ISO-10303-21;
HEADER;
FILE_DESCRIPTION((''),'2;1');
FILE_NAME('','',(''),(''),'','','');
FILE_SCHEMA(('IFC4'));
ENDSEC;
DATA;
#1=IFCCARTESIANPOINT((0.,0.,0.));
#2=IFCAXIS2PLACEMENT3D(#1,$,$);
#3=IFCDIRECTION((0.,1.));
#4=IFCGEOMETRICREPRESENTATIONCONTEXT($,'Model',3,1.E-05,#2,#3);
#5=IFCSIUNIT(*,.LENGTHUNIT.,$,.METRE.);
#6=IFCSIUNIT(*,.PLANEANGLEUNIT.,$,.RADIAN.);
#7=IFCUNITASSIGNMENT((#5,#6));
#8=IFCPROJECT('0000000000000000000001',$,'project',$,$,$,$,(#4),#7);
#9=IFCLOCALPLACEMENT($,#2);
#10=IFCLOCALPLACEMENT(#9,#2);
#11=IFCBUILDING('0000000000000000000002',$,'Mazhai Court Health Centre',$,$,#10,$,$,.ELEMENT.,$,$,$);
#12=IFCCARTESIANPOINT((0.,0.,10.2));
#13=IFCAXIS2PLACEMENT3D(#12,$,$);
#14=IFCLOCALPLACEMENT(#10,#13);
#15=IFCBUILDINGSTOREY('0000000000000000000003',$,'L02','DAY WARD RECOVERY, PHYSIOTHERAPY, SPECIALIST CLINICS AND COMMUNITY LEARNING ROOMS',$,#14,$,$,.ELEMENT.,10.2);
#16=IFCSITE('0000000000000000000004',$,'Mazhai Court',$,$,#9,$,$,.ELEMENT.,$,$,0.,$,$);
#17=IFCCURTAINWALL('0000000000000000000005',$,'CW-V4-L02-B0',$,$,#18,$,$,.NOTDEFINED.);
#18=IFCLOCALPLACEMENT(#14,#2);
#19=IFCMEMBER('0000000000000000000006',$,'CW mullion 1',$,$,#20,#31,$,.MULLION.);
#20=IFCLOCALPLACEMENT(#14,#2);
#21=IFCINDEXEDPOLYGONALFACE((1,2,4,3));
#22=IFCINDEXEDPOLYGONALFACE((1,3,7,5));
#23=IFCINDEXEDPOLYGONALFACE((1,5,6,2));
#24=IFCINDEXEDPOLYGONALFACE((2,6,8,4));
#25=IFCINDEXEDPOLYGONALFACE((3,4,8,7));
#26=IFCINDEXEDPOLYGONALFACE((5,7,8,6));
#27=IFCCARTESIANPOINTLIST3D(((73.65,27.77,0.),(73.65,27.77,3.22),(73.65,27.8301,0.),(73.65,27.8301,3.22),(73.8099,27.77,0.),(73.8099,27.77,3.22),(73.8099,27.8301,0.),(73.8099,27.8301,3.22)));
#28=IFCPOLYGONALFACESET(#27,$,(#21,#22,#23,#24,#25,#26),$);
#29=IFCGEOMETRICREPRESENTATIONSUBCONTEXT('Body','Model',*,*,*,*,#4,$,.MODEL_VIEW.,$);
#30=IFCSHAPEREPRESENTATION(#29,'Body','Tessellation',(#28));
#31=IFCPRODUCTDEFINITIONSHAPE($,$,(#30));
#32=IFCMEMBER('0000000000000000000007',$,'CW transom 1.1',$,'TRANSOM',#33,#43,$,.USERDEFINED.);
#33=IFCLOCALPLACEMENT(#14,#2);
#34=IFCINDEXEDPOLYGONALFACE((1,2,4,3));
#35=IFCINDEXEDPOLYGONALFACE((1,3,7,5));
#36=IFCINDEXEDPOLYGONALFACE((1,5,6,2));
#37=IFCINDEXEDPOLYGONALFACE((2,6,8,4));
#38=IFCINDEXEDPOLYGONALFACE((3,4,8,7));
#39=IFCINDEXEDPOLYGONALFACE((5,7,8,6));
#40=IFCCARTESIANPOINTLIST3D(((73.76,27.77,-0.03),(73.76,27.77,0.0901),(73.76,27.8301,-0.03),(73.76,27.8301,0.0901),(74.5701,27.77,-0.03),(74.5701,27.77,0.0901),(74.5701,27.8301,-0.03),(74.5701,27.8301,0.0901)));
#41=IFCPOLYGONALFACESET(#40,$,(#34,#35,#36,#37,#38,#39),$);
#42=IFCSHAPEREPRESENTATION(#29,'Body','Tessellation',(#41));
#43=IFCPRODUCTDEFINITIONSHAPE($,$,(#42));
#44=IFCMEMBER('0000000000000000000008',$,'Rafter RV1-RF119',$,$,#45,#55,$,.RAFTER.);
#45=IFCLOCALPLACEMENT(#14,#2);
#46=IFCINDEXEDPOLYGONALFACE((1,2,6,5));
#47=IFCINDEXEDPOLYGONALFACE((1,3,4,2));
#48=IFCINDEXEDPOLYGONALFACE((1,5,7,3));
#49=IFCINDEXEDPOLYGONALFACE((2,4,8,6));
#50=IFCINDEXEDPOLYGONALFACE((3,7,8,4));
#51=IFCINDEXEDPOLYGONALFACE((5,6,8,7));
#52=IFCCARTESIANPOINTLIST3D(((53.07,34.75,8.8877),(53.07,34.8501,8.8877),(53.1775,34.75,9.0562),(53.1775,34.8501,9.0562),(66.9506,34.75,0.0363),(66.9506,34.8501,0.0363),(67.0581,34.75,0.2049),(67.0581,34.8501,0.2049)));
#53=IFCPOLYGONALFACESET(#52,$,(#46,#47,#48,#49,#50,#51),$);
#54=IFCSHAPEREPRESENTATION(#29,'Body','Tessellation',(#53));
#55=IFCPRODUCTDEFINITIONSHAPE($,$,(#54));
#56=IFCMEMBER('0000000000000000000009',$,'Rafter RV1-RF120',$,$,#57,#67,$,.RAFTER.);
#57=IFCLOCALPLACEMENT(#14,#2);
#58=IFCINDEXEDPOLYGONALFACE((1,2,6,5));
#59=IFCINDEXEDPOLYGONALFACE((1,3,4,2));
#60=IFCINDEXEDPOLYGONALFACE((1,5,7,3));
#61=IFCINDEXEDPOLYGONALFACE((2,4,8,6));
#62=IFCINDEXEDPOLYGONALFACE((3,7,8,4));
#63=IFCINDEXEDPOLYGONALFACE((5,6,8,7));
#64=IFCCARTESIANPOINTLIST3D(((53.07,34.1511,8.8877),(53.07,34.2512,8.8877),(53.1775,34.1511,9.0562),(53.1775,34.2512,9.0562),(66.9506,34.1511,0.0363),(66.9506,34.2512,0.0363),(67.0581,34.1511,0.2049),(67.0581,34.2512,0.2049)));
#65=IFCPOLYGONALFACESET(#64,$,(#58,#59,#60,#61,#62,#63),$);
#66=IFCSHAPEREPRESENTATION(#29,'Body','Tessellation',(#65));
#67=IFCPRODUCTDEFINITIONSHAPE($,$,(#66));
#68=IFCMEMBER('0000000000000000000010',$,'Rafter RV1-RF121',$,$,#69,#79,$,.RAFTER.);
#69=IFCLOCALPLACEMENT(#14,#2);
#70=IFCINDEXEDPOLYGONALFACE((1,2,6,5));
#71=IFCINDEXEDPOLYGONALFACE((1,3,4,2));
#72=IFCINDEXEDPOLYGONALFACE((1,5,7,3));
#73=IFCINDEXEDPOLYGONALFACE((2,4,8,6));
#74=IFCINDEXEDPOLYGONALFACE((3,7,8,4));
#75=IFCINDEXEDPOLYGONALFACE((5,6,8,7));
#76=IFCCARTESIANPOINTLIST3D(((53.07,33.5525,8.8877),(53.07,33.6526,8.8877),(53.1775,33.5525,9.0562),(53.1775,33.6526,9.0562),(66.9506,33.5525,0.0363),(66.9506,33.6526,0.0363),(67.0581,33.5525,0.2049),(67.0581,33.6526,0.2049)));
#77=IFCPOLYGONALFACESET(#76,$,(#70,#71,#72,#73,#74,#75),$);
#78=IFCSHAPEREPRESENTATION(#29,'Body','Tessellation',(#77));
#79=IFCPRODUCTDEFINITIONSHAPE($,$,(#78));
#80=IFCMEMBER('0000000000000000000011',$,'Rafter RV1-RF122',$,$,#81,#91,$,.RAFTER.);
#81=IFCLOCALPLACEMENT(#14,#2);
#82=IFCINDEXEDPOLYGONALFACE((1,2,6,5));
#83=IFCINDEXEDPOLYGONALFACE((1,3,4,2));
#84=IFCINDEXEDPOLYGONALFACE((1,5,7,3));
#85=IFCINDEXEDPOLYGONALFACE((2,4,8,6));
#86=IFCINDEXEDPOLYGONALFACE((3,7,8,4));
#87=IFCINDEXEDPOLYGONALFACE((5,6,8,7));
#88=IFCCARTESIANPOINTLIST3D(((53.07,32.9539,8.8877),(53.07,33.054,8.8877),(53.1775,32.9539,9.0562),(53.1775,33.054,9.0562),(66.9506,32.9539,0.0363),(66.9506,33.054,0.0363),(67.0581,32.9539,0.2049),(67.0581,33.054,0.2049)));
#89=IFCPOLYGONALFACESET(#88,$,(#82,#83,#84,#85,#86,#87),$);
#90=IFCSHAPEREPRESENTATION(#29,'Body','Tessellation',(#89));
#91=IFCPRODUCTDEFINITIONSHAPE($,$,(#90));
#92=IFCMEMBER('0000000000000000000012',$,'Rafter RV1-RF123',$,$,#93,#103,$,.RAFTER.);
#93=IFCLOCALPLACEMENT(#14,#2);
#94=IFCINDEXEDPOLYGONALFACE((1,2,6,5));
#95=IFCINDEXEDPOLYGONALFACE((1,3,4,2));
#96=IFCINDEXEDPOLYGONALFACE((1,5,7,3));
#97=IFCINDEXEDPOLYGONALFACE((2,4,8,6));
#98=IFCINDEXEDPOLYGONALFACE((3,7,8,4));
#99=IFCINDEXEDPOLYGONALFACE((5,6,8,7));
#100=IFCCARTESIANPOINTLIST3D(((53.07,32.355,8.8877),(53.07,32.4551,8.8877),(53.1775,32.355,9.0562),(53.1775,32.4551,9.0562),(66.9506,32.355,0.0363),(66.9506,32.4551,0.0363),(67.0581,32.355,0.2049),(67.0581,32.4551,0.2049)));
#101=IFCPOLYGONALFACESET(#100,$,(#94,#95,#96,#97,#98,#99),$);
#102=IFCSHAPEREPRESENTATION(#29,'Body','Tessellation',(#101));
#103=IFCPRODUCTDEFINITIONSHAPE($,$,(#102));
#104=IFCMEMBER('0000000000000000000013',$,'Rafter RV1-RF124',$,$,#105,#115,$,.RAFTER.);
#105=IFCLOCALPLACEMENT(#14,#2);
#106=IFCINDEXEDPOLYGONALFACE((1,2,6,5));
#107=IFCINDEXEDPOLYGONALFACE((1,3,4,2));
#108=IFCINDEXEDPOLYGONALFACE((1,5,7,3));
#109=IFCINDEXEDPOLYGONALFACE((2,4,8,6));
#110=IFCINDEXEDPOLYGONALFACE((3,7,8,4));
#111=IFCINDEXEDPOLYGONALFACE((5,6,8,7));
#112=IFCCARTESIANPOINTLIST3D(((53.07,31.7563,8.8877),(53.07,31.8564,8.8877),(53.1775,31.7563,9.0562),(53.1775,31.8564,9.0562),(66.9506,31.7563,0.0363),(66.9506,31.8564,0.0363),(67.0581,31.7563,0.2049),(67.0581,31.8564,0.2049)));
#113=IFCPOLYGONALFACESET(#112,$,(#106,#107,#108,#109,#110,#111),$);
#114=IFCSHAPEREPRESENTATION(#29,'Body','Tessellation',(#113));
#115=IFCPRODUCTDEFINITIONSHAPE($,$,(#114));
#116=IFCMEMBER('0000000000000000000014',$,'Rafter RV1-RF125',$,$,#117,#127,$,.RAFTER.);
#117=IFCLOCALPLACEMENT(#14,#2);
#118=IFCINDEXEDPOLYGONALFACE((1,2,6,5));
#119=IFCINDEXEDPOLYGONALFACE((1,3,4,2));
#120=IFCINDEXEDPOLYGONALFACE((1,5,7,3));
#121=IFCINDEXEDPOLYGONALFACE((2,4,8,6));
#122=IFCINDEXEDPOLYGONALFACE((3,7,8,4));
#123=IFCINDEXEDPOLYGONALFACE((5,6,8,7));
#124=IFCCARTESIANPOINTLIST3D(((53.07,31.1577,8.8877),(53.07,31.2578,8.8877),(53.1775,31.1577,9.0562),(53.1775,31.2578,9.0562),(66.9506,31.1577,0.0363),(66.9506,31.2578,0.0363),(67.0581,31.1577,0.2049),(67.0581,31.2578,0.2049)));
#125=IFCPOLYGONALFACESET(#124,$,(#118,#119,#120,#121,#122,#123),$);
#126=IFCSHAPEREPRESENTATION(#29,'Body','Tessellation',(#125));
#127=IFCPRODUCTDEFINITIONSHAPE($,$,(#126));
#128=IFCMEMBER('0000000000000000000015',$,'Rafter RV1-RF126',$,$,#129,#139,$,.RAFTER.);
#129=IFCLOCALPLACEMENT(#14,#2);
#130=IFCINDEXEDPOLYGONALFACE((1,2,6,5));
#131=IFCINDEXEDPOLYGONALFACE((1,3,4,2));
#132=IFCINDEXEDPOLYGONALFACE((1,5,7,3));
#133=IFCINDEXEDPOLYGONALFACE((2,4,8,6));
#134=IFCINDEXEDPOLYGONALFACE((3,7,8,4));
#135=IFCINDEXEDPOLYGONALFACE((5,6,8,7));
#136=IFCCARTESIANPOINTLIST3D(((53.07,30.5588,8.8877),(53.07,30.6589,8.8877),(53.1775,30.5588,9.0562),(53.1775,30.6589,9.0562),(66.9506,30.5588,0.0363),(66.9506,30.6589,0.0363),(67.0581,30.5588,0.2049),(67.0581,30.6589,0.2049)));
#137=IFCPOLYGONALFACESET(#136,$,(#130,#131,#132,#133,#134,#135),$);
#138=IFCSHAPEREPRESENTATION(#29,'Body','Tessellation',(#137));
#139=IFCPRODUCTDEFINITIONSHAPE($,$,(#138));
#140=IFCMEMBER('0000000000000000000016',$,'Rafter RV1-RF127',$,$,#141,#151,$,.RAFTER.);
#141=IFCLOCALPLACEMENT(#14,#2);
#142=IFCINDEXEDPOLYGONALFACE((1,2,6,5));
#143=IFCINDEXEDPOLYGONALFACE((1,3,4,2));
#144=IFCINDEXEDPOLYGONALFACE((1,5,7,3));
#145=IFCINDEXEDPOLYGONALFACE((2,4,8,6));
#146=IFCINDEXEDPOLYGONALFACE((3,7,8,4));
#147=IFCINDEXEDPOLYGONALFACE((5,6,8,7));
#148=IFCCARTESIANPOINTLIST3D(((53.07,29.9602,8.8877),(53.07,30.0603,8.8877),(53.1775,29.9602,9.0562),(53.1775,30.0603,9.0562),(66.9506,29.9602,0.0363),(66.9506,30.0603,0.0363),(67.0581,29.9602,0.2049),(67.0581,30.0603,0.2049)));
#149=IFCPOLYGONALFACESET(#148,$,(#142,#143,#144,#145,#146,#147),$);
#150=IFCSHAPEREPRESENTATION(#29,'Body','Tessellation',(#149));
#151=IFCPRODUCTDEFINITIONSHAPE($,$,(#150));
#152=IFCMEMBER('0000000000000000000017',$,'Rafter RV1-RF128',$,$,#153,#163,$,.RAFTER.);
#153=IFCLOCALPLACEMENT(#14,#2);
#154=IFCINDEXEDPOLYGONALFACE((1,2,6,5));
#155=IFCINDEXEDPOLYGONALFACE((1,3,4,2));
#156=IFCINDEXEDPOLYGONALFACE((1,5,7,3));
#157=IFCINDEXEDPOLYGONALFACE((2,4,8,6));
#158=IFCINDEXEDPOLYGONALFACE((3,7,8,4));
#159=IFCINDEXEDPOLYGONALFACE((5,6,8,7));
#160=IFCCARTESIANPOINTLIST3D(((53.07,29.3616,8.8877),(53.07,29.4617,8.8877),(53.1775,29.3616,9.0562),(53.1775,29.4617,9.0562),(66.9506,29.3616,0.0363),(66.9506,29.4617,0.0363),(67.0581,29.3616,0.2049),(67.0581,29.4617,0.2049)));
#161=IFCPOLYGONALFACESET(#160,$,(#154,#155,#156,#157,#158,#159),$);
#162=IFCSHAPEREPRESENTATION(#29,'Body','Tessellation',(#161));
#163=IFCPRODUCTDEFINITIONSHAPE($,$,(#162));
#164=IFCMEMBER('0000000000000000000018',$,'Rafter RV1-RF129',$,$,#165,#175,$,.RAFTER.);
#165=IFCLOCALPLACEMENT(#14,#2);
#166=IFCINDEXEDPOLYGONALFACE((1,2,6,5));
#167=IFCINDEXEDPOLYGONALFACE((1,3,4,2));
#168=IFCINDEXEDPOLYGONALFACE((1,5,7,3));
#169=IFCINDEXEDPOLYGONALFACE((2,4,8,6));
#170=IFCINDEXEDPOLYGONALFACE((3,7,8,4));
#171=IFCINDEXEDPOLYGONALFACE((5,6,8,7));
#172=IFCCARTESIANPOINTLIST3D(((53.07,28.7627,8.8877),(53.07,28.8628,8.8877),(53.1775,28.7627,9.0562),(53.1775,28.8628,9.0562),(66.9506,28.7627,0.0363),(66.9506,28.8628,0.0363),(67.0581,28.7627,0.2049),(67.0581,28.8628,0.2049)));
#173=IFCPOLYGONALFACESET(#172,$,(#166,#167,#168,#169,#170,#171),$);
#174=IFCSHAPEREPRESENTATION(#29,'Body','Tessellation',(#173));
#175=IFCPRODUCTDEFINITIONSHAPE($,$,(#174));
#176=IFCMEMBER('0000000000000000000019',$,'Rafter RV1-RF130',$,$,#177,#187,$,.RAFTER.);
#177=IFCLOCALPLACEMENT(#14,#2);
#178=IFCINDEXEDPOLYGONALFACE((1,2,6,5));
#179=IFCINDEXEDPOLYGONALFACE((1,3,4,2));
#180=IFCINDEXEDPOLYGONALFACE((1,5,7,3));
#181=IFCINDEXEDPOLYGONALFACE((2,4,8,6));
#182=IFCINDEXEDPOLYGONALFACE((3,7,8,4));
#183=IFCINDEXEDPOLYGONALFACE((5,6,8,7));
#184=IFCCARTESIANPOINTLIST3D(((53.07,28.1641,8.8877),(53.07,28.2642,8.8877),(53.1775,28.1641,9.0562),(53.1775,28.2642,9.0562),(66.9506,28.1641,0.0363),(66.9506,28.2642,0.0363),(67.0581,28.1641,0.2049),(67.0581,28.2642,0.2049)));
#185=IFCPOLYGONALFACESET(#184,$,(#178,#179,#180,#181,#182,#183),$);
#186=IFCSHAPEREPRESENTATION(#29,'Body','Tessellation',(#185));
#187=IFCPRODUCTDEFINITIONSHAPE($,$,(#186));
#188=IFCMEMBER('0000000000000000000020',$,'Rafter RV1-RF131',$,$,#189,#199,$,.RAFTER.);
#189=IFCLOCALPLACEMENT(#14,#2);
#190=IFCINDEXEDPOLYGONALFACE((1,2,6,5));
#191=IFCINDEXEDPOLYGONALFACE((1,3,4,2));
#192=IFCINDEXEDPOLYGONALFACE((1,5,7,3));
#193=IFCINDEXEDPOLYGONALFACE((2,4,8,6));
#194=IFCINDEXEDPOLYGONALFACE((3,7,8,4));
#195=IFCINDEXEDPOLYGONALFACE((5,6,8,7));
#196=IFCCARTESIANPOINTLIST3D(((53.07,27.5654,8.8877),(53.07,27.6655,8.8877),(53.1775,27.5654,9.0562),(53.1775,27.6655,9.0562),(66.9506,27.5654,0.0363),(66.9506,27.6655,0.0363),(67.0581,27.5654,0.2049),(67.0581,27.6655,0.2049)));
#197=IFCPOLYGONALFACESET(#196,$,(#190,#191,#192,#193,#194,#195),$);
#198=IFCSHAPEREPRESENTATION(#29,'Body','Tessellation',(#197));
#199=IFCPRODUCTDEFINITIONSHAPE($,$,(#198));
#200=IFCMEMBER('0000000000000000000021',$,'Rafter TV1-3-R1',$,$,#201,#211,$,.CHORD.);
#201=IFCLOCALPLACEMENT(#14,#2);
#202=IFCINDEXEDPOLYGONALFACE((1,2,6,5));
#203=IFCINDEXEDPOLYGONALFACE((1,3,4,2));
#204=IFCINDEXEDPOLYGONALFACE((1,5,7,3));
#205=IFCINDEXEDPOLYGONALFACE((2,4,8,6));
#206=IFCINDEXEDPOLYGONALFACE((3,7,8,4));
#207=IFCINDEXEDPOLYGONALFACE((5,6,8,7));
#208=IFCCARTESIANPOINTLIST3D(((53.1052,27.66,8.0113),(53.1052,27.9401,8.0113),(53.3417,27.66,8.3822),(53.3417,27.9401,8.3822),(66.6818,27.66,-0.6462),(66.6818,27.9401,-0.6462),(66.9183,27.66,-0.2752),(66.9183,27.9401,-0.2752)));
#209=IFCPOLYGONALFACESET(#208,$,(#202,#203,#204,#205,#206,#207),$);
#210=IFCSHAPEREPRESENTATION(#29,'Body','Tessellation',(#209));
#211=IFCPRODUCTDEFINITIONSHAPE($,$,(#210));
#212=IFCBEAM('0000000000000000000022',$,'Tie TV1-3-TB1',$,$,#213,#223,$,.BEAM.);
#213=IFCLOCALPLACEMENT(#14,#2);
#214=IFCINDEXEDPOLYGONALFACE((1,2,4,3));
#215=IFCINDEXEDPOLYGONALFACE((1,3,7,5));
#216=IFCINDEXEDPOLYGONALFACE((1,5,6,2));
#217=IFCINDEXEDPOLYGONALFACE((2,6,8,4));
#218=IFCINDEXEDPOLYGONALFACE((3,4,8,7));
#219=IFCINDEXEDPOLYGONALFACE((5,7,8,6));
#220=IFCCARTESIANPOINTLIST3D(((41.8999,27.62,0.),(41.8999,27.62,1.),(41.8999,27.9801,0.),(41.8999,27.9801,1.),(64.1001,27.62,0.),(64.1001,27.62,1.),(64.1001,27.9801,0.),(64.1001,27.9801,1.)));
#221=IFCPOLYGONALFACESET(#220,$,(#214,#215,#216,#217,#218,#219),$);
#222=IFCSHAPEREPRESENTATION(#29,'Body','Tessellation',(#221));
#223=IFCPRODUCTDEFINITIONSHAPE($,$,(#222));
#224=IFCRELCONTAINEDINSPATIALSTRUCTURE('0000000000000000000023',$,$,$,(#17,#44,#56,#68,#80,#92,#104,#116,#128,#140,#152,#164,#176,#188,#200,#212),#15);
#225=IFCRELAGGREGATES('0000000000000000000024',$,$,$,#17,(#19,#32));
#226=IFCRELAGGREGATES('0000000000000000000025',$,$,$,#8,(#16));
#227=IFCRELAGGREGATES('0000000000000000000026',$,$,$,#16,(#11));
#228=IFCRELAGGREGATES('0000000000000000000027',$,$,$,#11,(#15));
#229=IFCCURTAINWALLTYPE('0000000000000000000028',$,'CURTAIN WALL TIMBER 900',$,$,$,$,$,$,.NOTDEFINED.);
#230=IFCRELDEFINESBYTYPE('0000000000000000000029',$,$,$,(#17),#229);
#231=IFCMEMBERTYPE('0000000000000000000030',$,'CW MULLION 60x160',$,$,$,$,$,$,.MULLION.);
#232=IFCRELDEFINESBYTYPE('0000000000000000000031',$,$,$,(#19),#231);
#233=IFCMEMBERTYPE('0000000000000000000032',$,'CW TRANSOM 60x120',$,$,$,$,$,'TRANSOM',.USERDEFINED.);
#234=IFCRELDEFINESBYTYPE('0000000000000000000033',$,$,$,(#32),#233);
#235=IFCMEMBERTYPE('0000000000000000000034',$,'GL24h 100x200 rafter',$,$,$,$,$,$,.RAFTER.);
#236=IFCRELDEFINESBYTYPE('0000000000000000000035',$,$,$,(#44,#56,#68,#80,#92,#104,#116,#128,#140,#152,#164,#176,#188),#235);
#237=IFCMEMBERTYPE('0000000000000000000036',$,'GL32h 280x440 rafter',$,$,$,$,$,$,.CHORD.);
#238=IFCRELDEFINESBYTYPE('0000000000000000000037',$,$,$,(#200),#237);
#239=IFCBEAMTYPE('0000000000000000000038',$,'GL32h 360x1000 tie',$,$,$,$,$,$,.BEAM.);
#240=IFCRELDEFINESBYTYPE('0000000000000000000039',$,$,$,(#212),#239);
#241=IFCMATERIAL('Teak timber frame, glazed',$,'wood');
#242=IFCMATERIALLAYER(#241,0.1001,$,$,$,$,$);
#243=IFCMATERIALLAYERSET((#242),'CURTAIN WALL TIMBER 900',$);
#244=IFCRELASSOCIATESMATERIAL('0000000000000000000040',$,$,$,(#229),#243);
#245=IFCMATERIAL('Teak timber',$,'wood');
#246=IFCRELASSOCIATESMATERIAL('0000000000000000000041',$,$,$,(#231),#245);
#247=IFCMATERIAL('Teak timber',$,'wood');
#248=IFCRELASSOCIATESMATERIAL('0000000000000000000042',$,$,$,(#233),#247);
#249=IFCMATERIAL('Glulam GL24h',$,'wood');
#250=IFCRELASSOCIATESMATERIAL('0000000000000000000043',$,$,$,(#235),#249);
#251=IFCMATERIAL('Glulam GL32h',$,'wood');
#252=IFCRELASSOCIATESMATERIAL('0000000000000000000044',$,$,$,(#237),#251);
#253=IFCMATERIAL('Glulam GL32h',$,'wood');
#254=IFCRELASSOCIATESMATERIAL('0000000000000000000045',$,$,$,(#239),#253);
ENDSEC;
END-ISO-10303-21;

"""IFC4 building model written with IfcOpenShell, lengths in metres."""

from ifc_helpers import new_model, si_unit, direction, frame, origin, origin_2d, place, context, subcontext, project, spatial, rectangle, extrude, material, layer, layer_set, material_profile, profile_set, type_object, element, aggregate, save


model = new_model("IFC4")

# Units and contexts
model_context = context("Model", 3, precision=1e-05, world=origin(), true_north=direction((0.0, 1.0)))
body_context = subcontext(model_context, "Body", "Model", "MODEL_VIEW")
ifc_project = project(units=[si_unit("LENGTHUNIT", "METRE"), si_unit("PLANEANGLEUNIT", "RADIAN")], contexts=[model_context])

# Site, building, storey
site_placement = place(None, origin())
site = spatial("IfcSite", under=ifc_project, at=site_placement, Name="Mazhai Court", CompositionType="ELEMENT", RefElevation=0.0)
building_placement = place(site_placement, origin())
building = spatial("IfcBuilding", under=site, at=building_placement, Name="Mazhai Court Health Centre", CompositionType="ELEMENT")
storey_placement = place(building_placement, frame((0.0, 0.0, 10.2)))
storey = spatial("IfcBuildingStorey", under=building, at=storey_placement, Name="L02", Description="DAY WARD RECOVERY, PHYSIOTHERAPY, SPECIALIST CLINICS AND COMMUNITY LEARNING ROOMS", CompositionType="ELEMENT", Elevation=10.2)

# Curtain wall, members
ifc_material_1 = material(Name="Teak timber frame, glazed", Category="wood")
ifc_layer_1 = layer(ifc_material_1, 0.1001)
ifc_layer_set_1 = layer_set([ifc_layer_1], Name="CURTAIN WALL TIMBER 900")
curtain_wall_type = type_object("IfcCurtainWallType", Name="CURTAIN WALL TIMBER 900", PredefinedType="NOTDEFINED", material=ifc_layer_set_1)
curtain_wall_placement = place(storey_placement, origin())
curtain_wall = element("IfcCurtainWall", 1, at=curtain_wall_placement, inside=storey, type_object=curtain_wall_type, Name="CW-V4-L02-B0", PredefinedType="NOTDEFINED")
ifc_material_2 = material(Name="Teak timber", Category="wood")
ifc_material_profile_1 = material_profile(ifc_material_2, rectangle(XDim=0.0601, YDim=0.1599, at=origin_2d()), Name="CW MULLION 60x160")
ifc_profile_set_1 = profile_set([ifc_material_profile_1], Name="Teak timber")
member_type_1 = type_object("IfcMemberType", Name="CW MULLION 60x160", PredefinedType="MULLION", material=ifc_profile_set_1)
member_1_placement = place(storey_placement, frame((73.73, 27.8, 0.0), z_axis=(0.0, 0.0, 1.0), x_axis=(0.0, 1.0, 0.0)))
member_1 = element("IfcMember", 2, at=member_1_placement, type_object=member_type_1, Name="CW mullion 1", PredefinedType="MULLION", context=body_context, shape_type="SweptSolid", body=[
    extrude(rectangle(XDim=0.0601, YDim=0.1599, at=origin_2d()), origin(), (0.0, 0.0, 1.0), 3.22),
])
ifc_material_3 = material(Name="Teak timber", Category="wood")
ifc_material_profile_2 = material_profile(ifc_material_3, rectangle(XDim=0.0601, YDim=0.1201, at=origin_2d()), Name="CW TRANSOM 60x120")
ifc_profile_set_2 = profile_set([ifc_material_profile_2], Name="Teak timber")
member_type_2 = type_object("IfcMemberType", Name="CW TRANSOM 60x120", ElementType="TRANSOM", PredefinedType="USERDEFINED", material=ifc_profile_set_2)
member_2_placement = place(storey_placement, frame((73.76, 27.8, 0.03), z_axis=(1.0, 0.0, 0.0), x_axis=(0.0, 1.0, 0.0)))
member_2 = element("IfcMember", 3, at=member_2_placement, type_object=member_type_2, Name="CW transom 1.1", ObjectType="TRANSOM", PredefinedType="USERDEFINED", context=body_context, shape_type="SweptSolid", body=[
    extrude(rectangle(XDim=0.0601, YDim=0.1201, at=origin_2d()), origin(), (0.0, 0.0, 1.0), 0.8101),
])
aggregate(curtain_wall, [member_1, member_2])

# Members
ifc_material_4 = material(Name="Glulam GL24h", Category="wood")
ifc_material_profile_3 = material_profile(ifc_material_4, rectangle(XDim=0.1001, YDim=0.2, at=origin_2d()), Name="GL24h 100x200")
ifc_profile_set_3 = profile_set([ifc_material_profile_3], Name="Glulam GL24h")
member_type_3 = type_object("IfcMemberType", Name="GL24h 100x200 rafter", PredefinedType="RAFTER", material=ifc_profile_set_3)
for number, where, z_axis, x_axis, name in (
    (4, (67.0044, 34.8, 0.1206), (-0.84316, 0.0, 0.537662), (0.0, -1.0, 0.0), "Rafter RV1-RF119"),
    (5, (67.0044, 34.2012, 0.1206), (-0.84316, 0.0, 0.537662), (0.0, -1.0, 0.0), "Rafter RV1-RF120"),
    (6, (67.0044, 33.6025, 0.1206), (-0.84316, 0.0, 0.537662), (0.0, -1.0, 0.0), "Rafter RV1-RF121"),
    (7, (67.0044, 33.0039, 0.1206), (-0.84316, 0.0, 0.537662), (0.0, -1.0, 0.0), "Rafter RV1-RF122"),
    (8, (67.0044, 32.405, 0.1206), (-0.84316, 0.0, 0.537662), (0.0, -1.0, 0.0), "Rafter RV1-RF123"),
    (9, (67.0044, 31.8064, 0.1206), (-0.84316, 0.0, 0.537662), (0.0, -1.0, 0.0), "Rafter RV1-RF124"),
    (10, (67.0044, 31.2078, 0.1206), (-0.84316, 0.0, 0.537662), (0.0, -1.0, 0.0), "Rafter RV1-RF125"),
    (11, (67.0044, 30.6089, 0.1206), (-0.84316, 0.0, 0.537662), (0.0, -1.0, 0.0), "Rafter RV1-RF126"),
    (12, (67.0044, 30.0103, 0.1206), (-0.84316, 0.0, 0.537662), (0.0, -1.0, 0.0), "Rafter RV1-RF127"),
    (13, (67.0044, 29.4116, 0.1206), (-0.84316, 0.0, 0.537662), (0.0, -1.0, 0.0), "Rafter RV1-RF128"),
    (14, (67.0044, 28.8127, 0.1206), (-0.84316, 0.0, 0.537662), (0.0, -1.0, 0.0), "Rafter RV1-RF129"),
    (15, (67.0044, 28.2141, 0.1206), (-0.84316, 0.0, 0.537662), (0.0, -1.0, 0.0), "Rafter RV1-RF130"),
    (16, (67.0044, 27.6155, 0.1206), (-0.84316, 0.0, 0.537662), (0.0, -1.0, 0.0), "Rafter RV1-RF131"),
):
    element("IfcMember", number, at=place(storey_placement, frame(where, z_axis=z_axis, x_axis=x_axis)), inside=storey, type_object=member_type_3, Name=name, PredefinedType="RAFTER", context=body_context, shape_type="SweptSolid", body=[
        extrude(rectangle(XDim=0.1001, YDim=0.2, at=origin_2d()), origin(), (0.0, 0.0, 1.0), 16.4626),
    ])
ifc_material_5 = material(Name="Glulam GL32h", Category="wood")
ifc_material_profile_4 = material_profile(ifc_material_5, rectangle(XDim=0.28, YDim=0.4399, at=origin_2d()), Name="GL32h 280x440")
ifc_profile_set_4 = profile_set([ifc_material_profile_4], Name="Glulam GL32h")
member_type_4 = type_object("IfcMemberType", Name="GL32h 280x440 rafter", PredefinedType="CHORD", material=ifc_profile_set_4)
member_3_placement = place(storey_placement, frame((66.8, 27.8, -0.4607), z_axis=(-0.843161, 0.0, 0.537661), x_axis=(0.0, -1.0, 0.0)))
element("IfcMember", 17, at=member_3_placement, inside=storey, type_object=member_type_4, Name="Rafter TV1-3-R1", PredefinedType="CHORD", context=body_context, shape_type="SweptSolid", body=[
    extrude(rectangle(XDim=0.28, YDim=0.4399, at=origin_2d()), origin(), (0.0, 0.0, 1.0), 16.1021),
])

# Beam
ifc_material_6 = material(Name="Glulam GL32h", Category="wood")
ifc_material_profile_5 = material_profile(ifc_material_6, rectangle(XDim=0.3601, YDim=1.0, at=origin_2d()), Name="GL32h 360x1000")
ifc_profile_set_5 = profile_set([ifc_material_profile_5], Name="Glulam GL32h")
beam_type = type_object("IfcBeamType", Name="GL32h 360x1000 tie", PredefinedType="BEAM", material=ifc_profile_set_5)
beam_placement = place(storey_placement, frame((64.1001, 27.8, 0.5), z_axis=(-1.0, 0.0, 0.0), x_axis=(0.0, -1.0, 0.0)))
element("IfcBeam", 18, at=beam_placement, inside=storey, type_object=beam_type, Name="Tie TV1-3-TB1", PredefinedType="BEAM", context=body_context, shape_type="SweptSolid", body=[
    extrude(rectangle(XDim=0.3601, YDim=1.0, at=origin_2d()), origin(), (0.0, 0.0, 1.0), 22.2002),
])

save(model, "model.ifc")
